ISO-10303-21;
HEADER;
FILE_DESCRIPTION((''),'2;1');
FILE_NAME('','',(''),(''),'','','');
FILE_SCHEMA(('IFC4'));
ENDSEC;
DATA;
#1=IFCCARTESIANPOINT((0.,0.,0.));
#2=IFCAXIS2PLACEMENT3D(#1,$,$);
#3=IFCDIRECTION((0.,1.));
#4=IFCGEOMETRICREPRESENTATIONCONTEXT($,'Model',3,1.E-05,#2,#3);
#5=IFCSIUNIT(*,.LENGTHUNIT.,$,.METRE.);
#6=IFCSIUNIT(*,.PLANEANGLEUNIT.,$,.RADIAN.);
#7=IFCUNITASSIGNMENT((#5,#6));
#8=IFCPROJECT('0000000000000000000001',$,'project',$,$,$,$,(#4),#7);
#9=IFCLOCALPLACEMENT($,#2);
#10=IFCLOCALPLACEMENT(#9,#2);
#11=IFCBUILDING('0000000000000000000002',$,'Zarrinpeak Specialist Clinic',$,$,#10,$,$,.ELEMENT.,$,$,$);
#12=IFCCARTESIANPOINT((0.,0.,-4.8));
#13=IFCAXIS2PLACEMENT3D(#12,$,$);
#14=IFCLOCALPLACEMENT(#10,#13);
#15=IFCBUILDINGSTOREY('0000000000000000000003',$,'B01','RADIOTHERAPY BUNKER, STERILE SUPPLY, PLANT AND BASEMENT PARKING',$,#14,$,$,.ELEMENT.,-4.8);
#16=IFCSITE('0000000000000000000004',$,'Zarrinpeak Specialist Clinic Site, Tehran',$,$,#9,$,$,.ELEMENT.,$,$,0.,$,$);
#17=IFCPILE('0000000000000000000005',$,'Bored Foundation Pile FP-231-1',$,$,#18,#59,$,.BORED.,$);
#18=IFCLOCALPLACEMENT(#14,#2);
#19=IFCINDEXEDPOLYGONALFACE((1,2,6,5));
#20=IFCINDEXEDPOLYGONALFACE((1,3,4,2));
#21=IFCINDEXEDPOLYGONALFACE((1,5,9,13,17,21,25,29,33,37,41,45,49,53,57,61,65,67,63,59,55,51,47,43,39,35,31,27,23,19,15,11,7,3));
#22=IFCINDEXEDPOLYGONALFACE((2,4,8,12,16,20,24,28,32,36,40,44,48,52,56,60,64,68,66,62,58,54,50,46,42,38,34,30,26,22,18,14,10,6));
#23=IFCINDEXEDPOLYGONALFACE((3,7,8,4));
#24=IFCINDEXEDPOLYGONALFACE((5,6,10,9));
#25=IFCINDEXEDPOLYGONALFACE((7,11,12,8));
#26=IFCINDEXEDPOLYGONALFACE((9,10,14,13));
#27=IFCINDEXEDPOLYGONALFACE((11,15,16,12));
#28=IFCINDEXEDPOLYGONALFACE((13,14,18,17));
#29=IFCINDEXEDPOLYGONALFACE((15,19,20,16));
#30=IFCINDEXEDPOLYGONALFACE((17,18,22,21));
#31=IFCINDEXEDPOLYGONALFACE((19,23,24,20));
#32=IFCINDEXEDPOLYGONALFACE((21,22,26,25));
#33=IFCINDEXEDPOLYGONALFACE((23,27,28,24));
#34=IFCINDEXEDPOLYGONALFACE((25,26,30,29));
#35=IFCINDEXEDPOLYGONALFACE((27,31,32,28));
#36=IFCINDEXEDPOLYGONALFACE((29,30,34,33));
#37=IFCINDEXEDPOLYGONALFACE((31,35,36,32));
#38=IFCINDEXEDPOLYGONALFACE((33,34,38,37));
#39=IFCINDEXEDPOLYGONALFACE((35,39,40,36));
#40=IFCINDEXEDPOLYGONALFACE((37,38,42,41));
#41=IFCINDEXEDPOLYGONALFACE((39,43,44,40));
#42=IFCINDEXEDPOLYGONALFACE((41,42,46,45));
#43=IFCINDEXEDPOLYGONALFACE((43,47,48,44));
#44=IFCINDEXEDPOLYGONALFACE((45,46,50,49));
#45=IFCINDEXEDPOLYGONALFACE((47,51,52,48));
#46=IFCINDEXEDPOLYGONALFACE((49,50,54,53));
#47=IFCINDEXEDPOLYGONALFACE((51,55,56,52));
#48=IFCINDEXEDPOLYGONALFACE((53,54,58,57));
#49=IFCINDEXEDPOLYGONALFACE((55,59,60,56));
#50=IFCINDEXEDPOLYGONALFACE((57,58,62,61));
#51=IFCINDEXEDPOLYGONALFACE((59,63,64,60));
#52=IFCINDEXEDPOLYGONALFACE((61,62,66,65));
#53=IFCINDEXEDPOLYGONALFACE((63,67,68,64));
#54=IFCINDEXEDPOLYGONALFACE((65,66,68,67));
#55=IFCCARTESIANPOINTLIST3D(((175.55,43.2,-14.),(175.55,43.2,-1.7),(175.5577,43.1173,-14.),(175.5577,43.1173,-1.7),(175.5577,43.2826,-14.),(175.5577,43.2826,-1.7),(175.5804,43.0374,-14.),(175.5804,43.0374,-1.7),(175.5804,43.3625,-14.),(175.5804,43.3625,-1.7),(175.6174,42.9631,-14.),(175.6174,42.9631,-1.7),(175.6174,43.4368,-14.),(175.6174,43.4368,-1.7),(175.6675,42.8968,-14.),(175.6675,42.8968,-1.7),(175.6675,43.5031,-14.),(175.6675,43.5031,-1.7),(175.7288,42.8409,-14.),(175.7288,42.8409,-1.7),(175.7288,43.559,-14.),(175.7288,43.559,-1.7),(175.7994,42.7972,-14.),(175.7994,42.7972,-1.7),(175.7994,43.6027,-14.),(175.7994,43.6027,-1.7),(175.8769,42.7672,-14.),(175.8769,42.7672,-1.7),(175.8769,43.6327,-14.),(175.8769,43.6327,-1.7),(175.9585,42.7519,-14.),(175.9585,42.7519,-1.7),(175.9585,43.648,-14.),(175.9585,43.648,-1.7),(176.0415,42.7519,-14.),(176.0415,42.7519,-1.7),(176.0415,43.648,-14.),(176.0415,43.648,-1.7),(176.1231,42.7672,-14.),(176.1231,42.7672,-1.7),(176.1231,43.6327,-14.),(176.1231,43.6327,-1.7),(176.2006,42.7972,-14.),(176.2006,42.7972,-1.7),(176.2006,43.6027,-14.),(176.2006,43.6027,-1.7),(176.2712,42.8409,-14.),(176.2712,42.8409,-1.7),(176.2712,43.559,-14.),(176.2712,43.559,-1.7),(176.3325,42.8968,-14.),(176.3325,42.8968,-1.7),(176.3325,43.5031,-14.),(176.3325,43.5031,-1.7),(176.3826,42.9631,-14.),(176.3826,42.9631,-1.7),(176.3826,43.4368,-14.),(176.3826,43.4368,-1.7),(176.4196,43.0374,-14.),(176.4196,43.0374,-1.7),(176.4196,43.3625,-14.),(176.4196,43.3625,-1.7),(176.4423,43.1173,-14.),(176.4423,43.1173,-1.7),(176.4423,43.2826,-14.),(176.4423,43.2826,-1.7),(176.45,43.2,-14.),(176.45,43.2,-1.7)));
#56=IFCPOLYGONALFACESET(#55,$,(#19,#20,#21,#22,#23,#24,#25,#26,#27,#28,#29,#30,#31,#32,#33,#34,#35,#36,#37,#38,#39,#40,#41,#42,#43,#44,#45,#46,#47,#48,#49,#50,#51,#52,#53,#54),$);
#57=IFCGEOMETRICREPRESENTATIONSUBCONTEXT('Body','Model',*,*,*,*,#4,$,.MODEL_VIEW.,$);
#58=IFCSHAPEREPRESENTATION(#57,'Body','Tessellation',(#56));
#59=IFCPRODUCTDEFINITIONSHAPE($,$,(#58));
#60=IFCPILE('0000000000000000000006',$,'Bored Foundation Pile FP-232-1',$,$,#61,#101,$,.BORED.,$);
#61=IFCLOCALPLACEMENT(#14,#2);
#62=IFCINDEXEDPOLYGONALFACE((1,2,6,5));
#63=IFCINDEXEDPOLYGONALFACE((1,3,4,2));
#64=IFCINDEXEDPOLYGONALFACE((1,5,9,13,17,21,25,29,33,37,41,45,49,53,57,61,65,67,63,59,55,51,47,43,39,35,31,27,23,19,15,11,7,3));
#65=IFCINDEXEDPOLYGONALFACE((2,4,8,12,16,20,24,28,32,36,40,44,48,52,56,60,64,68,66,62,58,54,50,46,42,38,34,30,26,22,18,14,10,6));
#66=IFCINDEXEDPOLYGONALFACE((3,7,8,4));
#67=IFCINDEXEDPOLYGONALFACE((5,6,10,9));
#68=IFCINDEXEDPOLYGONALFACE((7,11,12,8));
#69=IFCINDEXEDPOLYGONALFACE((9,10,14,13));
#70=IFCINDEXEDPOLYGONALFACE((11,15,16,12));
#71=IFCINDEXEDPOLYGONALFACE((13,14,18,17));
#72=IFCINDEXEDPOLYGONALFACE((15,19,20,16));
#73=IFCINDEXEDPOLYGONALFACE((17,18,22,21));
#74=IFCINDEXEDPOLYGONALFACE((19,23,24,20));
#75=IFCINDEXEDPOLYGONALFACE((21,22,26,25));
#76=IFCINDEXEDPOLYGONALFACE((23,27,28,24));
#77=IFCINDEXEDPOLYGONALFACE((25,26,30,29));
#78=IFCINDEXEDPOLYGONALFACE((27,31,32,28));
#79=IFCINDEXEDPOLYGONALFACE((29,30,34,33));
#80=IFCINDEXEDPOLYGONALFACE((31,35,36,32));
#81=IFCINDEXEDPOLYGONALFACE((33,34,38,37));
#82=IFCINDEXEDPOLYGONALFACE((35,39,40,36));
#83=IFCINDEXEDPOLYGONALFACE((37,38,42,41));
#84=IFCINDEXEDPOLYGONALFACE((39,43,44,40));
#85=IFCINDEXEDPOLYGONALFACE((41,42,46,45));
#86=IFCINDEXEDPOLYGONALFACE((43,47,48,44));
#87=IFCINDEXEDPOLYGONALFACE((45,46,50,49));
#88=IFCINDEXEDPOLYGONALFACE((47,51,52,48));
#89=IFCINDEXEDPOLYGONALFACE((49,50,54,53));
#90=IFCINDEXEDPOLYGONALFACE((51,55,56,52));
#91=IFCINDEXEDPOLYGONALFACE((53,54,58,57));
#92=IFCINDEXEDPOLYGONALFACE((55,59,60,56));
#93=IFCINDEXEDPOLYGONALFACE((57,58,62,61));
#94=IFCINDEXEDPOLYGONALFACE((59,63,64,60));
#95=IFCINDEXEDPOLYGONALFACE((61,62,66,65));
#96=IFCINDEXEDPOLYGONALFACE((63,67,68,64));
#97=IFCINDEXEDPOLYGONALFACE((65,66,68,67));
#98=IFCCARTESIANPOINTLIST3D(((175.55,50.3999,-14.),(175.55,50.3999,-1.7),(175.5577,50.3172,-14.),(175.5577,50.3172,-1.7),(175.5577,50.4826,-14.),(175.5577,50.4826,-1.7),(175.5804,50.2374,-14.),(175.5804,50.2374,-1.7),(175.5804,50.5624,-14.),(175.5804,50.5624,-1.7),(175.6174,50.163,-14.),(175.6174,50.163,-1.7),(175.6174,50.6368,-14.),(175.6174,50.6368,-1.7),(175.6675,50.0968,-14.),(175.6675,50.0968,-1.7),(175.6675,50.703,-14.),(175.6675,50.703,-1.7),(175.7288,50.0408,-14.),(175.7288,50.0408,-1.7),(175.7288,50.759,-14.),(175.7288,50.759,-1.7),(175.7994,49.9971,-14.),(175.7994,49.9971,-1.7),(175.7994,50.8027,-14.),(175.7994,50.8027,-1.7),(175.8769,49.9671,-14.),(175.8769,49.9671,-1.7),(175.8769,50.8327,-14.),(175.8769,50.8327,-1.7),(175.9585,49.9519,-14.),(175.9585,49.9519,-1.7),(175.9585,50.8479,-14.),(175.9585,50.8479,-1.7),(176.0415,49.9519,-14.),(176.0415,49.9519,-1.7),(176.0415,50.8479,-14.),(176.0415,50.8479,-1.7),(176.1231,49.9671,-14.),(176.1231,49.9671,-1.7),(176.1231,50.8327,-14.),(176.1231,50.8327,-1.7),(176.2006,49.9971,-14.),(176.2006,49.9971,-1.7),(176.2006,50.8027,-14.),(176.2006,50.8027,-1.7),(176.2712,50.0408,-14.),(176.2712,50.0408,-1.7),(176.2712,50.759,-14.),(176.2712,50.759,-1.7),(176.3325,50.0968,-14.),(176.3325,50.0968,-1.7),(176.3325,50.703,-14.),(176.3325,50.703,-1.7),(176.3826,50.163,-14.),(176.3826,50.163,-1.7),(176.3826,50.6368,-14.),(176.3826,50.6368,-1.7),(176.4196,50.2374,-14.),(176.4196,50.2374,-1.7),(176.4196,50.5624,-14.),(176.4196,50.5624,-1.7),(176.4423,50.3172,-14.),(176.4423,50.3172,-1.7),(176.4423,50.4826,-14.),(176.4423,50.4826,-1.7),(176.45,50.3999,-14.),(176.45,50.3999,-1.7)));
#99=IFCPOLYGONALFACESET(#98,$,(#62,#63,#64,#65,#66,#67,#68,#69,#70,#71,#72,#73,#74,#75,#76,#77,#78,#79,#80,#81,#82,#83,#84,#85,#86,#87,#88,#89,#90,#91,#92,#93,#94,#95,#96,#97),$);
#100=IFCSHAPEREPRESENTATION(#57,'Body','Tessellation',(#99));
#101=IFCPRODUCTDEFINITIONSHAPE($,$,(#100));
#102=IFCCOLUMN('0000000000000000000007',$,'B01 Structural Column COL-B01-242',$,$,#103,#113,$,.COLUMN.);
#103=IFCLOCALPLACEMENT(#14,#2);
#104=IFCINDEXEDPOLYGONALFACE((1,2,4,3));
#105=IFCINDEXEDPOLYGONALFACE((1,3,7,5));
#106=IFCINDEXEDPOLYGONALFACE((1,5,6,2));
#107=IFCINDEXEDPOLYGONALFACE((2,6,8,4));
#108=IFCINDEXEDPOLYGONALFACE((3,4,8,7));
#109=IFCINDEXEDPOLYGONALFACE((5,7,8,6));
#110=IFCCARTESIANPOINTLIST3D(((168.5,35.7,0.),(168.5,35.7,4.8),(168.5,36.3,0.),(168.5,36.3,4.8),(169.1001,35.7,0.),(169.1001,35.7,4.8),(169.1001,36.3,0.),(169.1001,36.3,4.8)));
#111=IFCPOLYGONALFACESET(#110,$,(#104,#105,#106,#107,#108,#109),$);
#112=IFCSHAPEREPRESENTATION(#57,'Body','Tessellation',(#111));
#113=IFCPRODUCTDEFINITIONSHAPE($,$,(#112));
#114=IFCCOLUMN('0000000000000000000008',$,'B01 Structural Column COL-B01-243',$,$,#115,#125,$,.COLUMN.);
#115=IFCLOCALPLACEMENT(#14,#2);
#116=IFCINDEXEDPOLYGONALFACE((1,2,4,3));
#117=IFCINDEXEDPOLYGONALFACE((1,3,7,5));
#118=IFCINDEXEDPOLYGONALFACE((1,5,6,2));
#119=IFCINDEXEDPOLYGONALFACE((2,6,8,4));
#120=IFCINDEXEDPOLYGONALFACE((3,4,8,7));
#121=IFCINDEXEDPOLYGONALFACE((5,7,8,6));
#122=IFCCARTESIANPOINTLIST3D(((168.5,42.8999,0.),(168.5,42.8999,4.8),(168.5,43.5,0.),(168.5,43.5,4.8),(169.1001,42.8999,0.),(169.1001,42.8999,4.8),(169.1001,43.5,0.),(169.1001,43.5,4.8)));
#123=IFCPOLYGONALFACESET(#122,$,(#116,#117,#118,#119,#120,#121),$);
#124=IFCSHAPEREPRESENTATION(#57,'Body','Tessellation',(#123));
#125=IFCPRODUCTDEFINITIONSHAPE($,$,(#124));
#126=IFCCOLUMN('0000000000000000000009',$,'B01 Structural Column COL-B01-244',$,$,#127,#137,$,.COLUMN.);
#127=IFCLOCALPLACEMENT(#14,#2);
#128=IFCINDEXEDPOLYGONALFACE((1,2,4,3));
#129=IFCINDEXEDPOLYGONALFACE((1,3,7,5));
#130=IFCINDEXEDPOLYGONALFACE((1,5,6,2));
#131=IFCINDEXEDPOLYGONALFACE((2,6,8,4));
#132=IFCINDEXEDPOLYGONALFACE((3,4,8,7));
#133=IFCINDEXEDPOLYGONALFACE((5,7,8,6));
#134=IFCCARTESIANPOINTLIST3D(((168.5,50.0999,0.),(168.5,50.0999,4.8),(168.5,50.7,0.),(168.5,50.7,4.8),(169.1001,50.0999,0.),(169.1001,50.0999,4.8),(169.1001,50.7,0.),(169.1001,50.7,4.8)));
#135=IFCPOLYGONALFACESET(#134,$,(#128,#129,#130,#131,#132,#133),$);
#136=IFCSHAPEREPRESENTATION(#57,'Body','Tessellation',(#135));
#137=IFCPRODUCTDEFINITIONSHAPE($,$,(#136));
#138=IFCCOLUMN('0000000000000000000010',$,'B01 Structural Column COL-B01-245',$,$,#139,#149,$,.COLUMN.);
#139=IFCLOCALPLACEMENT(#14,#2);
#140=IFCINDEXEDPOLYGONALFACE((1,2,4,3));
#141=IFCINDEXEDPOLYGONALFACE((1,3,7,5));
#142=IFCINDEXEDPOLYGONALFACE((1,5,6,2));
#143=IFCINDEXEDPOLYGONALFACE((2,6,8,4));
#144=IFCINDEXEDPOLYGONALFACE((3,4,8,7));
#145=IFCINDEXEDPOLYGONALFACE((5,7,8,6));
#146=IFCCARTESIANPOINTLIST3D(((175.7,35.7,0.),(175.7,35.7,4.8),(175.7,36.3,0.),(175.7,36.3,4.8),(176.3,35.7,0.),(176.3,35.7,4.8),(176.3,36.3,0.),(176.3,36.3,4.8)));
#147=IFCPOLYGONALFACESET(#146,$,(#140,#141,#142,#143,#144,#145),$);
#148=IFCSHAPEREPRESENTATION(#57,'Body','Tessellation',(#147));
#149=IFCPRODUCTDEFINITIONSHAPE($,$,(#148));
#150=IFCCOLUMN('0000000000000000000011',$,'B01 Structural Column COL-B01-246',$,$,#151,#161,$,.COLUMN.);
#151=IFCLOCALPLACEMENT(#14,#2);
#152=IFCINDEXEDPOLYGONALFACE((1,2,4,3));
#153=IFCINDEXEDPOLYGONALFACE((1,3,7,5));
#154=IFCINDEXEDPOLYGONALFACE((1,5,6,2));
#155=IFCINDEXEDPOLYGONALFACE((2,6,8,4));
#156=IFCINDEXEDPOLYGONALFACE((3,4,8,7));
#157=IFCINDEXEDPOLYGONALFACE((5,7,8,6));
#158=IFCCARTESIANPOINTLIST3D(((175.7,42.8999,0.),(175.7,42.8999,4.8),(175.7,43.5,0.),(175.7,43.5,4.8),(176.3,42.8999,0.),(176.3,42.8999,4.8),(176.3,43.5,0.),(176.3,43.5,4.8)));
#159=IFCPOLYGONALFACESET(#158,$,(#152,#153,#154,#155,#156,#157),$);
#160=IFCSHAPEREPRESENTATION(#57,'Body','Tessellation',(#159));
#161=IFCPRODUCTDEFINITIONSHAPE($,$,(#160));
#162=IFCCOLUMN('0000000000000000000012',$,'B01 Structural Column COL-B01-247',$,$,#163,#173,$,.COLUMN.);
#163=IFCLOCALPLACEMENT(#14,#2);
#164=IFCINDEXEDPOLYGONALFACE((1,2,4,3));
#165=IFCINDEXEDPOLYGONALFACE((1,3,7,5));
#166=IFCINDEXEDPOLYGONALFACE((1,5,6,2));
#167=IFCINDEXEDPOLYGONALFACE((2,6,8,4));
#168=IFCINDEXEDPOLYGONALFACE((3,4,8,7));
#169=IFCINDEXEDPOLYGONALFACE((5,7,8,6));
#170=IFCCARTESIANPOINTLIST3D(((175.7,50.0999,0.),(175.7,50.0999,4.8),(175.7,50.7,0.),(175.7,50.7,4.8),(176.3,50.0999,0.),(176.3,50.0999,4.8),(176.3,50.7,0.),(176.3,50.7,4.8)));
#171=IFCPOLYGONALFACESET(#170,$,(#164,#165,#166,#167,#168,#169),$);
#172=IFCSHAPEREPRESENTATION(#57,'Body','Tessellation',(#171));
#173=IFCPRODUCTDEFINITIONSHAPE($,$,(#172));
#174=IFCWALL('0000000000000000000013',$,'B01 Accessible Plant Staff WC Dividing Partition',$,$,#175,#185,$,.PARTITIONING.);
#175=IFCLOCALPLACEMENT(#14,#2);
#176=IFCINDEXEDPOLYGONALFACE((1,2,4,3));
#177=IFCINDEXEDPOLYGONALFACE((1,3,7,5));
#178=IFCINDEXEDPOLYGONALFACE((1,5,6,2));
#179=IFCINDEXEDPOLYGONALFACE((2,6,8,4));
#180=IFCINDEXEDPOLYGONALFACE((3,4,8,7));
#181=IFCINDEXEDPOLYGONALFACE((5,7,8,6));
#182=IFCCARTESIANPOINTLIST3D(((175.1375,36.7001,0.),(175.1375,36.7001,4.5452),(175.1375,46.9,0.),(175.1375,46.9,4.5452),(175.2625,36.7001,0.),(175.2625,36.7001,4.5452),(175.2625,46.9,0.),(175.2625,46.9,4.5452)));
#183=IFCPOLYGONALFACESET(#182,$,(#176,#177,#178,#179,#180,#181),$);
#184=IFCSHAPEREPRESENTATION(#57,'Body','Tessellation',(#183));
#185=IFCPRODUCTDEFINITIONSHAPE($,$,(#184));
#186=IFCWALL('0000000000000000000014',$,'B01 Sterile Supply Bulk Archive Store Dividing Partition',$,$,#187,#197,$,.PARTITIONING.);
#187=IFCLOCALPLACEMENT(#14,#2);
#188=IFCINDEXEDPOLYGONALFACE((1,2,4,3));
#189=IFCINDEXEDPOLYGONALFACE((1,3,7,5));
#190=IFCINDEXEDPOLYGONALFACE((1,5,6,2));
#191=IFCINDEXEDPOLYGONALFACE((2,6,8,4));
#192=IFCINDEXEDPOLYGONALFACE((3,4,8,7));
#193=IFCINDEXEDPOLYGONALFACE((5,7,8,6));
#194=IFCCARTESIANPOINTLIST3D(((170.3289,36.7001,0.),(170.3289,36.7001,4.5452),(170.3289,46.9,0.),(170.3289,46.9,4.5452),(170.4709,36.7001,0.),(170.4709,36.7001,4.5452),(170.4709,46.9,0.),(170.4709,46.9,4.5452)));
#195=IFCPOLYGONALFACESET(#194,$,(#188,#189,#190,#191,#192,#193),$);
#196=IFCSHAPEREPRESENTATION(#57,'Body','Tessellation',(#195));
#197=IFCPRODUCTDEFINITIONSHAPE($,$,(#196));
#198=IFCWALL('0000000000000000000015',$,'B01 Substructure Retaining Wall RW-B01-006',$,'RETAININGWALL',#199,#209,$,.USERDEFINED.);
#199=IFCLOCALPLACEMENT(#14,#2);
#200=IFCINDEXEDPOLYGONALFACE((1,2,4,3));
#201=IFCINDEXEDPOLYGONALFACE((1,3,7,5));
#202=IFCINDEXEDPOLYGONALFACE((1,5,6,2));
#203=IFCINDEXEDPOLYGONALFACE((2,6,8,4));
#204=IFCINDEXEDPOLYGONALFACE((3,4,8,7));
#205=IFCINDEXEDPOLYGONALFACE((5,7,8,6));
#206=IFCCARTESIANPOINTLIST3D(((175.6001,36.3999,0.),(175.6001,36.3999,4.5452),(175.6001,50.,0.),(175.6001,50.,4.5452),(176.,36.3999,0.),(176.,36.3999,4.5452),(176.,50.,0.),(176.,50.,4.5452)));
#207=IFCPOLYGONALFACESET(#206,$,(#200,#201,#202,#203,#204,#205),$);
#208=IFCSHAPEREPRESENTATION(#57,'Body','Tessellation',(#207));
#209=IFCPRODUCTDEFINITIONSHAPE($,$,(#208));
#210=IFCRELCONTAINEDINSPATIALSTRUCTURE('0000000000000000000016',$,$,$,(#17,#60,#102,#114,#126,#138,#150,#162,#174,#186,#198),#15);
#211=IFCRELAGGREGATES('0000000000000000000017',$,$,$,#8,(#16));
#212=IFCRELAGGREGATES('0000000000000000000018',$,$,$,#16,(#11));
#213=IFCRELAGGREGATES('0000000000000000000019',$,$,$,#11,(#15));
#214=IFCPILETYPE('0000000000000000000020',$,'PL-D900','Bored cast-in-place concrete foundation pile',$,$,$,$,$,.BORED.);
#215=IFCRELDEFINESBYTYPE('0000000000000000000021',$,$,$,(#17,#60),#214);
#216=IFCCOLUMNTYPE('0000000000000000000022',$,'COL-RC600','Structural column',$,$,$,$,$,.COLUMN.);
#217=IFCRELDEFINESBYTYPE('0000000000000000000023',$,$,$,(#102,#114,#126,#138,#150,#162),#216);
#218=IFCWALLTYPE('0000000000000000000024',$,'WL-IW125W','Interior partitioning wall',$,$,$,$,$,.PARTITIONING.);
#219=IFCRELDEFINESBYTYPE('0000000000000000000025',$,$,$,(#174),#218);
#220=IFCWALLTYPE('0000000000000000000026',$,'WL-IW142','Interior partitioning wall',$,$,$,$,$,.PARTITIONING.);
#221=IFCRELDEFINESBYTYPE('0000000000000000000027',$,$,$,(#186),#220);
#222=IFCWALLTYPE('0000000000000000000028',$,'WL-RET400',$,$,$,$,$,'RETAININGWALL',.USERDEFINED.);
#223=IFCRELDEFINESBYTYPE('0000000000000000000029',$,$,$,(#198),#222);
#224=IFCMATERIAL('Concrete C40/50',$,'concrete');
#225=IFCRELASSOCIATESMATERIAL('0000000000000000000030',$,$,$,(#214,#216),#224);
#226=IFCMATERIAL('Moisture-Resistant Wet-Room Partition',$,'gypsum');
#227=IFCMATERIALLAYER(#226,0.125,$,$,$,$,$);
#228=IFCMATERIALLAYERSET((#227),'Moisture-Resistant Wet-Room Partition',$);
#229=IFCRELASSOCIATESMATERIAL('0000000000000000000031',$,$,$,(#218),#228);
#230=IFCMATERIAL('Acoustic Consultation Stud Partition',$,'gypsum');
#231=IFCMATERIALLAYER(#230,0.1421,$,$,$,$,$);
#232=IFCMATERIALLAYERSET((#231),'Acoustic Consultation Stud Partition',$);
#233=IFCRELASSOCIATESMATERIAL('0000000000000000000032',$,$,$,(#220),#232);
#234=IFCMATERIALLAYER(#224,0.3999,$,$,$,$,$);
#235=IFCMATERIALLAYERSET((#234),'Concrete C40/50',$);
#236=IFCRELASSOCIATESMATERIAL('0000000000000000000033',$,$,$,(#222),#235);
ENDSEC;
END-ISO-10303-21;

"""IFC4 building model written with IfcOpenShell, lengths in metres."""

from ifc_helpers import new_model, si_unit, direction, frame, frame_2d, origin, origin_2d, place, context, subcontext, project, spatial, rectangle, circle, extrude, material, layer, layer_set, material_profile, profile_set, type_object, element, save


model = new_model("IFC4")

# Units and contexts
model_context = context("Model", 3, precision=1e-05, world=origin(), true_north=direction((0.0, 1.0)))
body_context = subcontext(model_context, "Body", "Model", "MODEL_VIEW")
ifc_project = project(units=[si_unit("LENGTHUNIT", "METRE"), si_unit("PLANEANGLEUNIT", "RADIAN")], contexts=[model_context])

# Site, building, storey
site_placement = place(None, origin())
site = spatial("IfcSite", under=ifc_project, at=site_placement, Name="Zarrinpeak Specialist Clinic Site, Tehran", CompositionType="ELEMENT", RefElevation=0.0)
building_placement = place(site_placement, origin())
building = spatial("IfcBuilding", under=site, at=building_placement, Name="Zarrinpeak Specialist Clinic", CompositionType="ELEMENT")
storey_placement = place(building_placement, frame((0.0, 0.0, -4.8)))
storey = spatial("IfcBuildingStorey", under=building, at=storey_placement, Name="B01", Description="RADIOTHERAPY BUNKER, STERILE SUPPLY, PLANT AND BASEMENT PARKING", CompositionType="ELEMENT", Elevation=-4.8)

# Shared definitions
ifc_material_1 = material(Name="Concrete C40/50", Category="concrete")

# Piles
ifc_material_profile_1 = material_profile(ifc_material_1, circle(Radius=0.45, at=origin_2d()), Name="BORED PILE D900")
ifc_profile_set_1 = profile_set([ifc_material_profile_1], Name="Concrete C40/50")
pile_type = type_object("IfcPileType", Name="PL-D900", Description="Bored cast-in-place concrete foundation pile", PredefinedType="BORED", material=ifc_profile_set_1)
for number, where, z_axis, x_axis, name in (
    (1, (176.0, 43.2, -1.7), (0.0, 0.0, -1.0), (1.0, 0.0, 0.0), "Bored Foundation Pile FP-231-1"),
    (2, (176.0, 50.3999, -1.7), (0.0, 0.0, -1.0), (1.0, 0.0, 0.0), "Bored Foundation Pile FP-232-1"),
):
    element("IfcPile", number, at=place(storey_placement, frame(where, z_axis=z_axis, x_axis=x_axis)), inside=storey, type_object=pile_type, Name=name, PredefinedType="BORED", context=body_context, shape_type="SweptSolid", body=[
        extrude(circle(Radius=0.45, at=origin_2d()), origin(), (0.0, 0.0, 1.0), 12.3),
    ])

# Columns
ifc_material_profile_2 = material_profile(ifc_material_1, rectangle(XDim=0.6001, YDim=0.6001, at=origin_2d()), Name="RC 600x600")
ifc_profile_set_2 = profile_set([ifc_material_profile_2], Name="Concrete C40/50")
column_type = type_object("IfcColumnType", Name="COL-RC600", Description="Structural column", PredefinedType="COLUMN", material=ifc_profile_set_2)
for number, where, z_axis, x_axis, name in (
    (3, (168.8, 36.0, 0.0), (0.0, 0.0, 1.0), (1.0, 0.0, 0.0), "B01 Structural Column COL-B01-242"),
    (4, (168.8, 43.2, 0.0), (0.0, 0.0, 1.0), (1.0, 0.0, 0.0), "B01 Structural Column COL-B01-243"),
    (5, (168.8, 50.3999, 0.0), (0.0, 0.0, 1.0), (1.0, 0.0, 0.0), "B01 Structural Column COL-B01-244"),
    (6, (176.0, 36.0, 0.0), (0.0, 0.0, 1.0), (1.0, 0.0, 0.0), "B01 Structural Column COL-B01-245"),
    (7, (176.0, 43.2, 0.0), (0.0, 0.0, 1.0), (1.0, 0.0, 0.0), "B01 Structural Column COL-B01-246"),
    (8, (176.0, 50.3999, 0.0), (0.0, 0.0, 1.0), (1.0, 0.0, 0.0), "B01 Structural Column COL-B01-247"),
):
    element("IfcColumn", number, at=place(storey_placement, frame(where, z_axis=z_axis, x_axis=x_axis)), inside=storey, type_object=column_type, Name=name, PredefinedType="COLUMN", context=body_context, shape_type="SweptSolid", body=[
        extrude(rectangle(XDim=0.6001, YDim=0.6001, at=origin_2d()), origin(), (0.0, 0.0, 1.0), 4.8),
    ])

# Walls
ifc_material_2 = material(Name="Moisture-Resistant Wet-Room Partition", Category="gypsum")
ifc_layer_1 = layer(ifc_material_2, 0.125)
ifc_layer_set_1 = layer_set([ifc_layer_1], Name="Moisture-Resistant Wet-Room Partition")
wall_type_1 = type_object("IfcWallType", Name="WL-IW125W", Description="Interior partitioning wall", PredefinedType="PARTITIONING", material=ifc_layer_set_1)
wall_1_placement = place(storey_placement, frame((175.2, 36.7, 0.0), z_axis=(0.0, 0.0, 1.0), x_axis=(0.0, 1.0, 0.0)))
element("IfcWall", 9, at=wall_1_placement, inside=storey, type_object=wall_type_1, Name="B01 Accessible Plant Staff WC Dividing Partition", PredefinedType="PARTITIONING", context=body_context, shape_type="SweptSolid", body=[
    extrude(rectangle(XDim=10.2, YDim=0.125, at=frame_2d((5.1001, 0.0))), origin(), (0.0, 0.0, 1.0), 4.5452),
])
ifc_material_3 = material(Name="Acoustic Consultation Stud Partition", Category="gypsum")
ifc_layer_2 = layer(ifc_material_3, 0.1421)
ifc_layer_set_2 = layer_set([ifc_layer_2], Name="Acoustic Consultation Stud Partition")
wall_type_2 = type_object("IfcWallType", Name="WL-IW142", Description="Interior partitioning wall", PredefinedType="PARTITIONING", material=ifc_layer_set_2)
wall_2_placement = place(storey_placement, frame((170.3999, 36.7, 0.0), z_axis=(0.0, 0.0, 1.0), x_axis=(0.0, 1.0, 0.0)))
element("IfcWall", 10, at=wall_2_placement, inside=storey, type_object=wall_type_2, Name="B01 Sterile Supply Bulk Archive Store Dividing Partition", PredefinedType="PARTITIONING", context=body_context, shape_type="SweptSolid", body=[
    extrude(rectangle(XDim=10.2, YDim=0.1421, at=frame_2d((5.1001, 0.0))), origin(), (0.0, 0.0, 1.0), 4.5452),
])
ifc_layer_3 = layer(ifc_material_1, 0.3999)
ifc_layer_set_3 = layer_set([ifc_layer_3], Name="Concrete C40/50")
wall_type_3 = type_object("IfcWallType", Name="WL-RET400", ElementType="RETAININGWALL", PredefinedType="USERDEFINED", material=ifc_layer_set_3)
wall_3_placement = place(storey_placement, frame((175.8, 36.3999, 0.0), z_axis=(0.0, 0.0, 1.0), x_axis=(0.0, 1.0, 0.0)))
element("IfcWall", 11, at=wall_3_placement, inside=storey, type_object=wall_type_3, Name="B01 Substructure Retaining Wall RW-B01-006", ObjectType="RETAININGWALL", PredefinedType="USERDEFINED", context=body_context, shape_type="SweptSolid", body=[
    extrude(rectangle(XDim=13.6001, YDim=0.3999, at=frame_2d((6.8, 0.0))), origin(), (0.0, 0.0, 1.0), 4.5452),
])

save(model, "model.ifc")
